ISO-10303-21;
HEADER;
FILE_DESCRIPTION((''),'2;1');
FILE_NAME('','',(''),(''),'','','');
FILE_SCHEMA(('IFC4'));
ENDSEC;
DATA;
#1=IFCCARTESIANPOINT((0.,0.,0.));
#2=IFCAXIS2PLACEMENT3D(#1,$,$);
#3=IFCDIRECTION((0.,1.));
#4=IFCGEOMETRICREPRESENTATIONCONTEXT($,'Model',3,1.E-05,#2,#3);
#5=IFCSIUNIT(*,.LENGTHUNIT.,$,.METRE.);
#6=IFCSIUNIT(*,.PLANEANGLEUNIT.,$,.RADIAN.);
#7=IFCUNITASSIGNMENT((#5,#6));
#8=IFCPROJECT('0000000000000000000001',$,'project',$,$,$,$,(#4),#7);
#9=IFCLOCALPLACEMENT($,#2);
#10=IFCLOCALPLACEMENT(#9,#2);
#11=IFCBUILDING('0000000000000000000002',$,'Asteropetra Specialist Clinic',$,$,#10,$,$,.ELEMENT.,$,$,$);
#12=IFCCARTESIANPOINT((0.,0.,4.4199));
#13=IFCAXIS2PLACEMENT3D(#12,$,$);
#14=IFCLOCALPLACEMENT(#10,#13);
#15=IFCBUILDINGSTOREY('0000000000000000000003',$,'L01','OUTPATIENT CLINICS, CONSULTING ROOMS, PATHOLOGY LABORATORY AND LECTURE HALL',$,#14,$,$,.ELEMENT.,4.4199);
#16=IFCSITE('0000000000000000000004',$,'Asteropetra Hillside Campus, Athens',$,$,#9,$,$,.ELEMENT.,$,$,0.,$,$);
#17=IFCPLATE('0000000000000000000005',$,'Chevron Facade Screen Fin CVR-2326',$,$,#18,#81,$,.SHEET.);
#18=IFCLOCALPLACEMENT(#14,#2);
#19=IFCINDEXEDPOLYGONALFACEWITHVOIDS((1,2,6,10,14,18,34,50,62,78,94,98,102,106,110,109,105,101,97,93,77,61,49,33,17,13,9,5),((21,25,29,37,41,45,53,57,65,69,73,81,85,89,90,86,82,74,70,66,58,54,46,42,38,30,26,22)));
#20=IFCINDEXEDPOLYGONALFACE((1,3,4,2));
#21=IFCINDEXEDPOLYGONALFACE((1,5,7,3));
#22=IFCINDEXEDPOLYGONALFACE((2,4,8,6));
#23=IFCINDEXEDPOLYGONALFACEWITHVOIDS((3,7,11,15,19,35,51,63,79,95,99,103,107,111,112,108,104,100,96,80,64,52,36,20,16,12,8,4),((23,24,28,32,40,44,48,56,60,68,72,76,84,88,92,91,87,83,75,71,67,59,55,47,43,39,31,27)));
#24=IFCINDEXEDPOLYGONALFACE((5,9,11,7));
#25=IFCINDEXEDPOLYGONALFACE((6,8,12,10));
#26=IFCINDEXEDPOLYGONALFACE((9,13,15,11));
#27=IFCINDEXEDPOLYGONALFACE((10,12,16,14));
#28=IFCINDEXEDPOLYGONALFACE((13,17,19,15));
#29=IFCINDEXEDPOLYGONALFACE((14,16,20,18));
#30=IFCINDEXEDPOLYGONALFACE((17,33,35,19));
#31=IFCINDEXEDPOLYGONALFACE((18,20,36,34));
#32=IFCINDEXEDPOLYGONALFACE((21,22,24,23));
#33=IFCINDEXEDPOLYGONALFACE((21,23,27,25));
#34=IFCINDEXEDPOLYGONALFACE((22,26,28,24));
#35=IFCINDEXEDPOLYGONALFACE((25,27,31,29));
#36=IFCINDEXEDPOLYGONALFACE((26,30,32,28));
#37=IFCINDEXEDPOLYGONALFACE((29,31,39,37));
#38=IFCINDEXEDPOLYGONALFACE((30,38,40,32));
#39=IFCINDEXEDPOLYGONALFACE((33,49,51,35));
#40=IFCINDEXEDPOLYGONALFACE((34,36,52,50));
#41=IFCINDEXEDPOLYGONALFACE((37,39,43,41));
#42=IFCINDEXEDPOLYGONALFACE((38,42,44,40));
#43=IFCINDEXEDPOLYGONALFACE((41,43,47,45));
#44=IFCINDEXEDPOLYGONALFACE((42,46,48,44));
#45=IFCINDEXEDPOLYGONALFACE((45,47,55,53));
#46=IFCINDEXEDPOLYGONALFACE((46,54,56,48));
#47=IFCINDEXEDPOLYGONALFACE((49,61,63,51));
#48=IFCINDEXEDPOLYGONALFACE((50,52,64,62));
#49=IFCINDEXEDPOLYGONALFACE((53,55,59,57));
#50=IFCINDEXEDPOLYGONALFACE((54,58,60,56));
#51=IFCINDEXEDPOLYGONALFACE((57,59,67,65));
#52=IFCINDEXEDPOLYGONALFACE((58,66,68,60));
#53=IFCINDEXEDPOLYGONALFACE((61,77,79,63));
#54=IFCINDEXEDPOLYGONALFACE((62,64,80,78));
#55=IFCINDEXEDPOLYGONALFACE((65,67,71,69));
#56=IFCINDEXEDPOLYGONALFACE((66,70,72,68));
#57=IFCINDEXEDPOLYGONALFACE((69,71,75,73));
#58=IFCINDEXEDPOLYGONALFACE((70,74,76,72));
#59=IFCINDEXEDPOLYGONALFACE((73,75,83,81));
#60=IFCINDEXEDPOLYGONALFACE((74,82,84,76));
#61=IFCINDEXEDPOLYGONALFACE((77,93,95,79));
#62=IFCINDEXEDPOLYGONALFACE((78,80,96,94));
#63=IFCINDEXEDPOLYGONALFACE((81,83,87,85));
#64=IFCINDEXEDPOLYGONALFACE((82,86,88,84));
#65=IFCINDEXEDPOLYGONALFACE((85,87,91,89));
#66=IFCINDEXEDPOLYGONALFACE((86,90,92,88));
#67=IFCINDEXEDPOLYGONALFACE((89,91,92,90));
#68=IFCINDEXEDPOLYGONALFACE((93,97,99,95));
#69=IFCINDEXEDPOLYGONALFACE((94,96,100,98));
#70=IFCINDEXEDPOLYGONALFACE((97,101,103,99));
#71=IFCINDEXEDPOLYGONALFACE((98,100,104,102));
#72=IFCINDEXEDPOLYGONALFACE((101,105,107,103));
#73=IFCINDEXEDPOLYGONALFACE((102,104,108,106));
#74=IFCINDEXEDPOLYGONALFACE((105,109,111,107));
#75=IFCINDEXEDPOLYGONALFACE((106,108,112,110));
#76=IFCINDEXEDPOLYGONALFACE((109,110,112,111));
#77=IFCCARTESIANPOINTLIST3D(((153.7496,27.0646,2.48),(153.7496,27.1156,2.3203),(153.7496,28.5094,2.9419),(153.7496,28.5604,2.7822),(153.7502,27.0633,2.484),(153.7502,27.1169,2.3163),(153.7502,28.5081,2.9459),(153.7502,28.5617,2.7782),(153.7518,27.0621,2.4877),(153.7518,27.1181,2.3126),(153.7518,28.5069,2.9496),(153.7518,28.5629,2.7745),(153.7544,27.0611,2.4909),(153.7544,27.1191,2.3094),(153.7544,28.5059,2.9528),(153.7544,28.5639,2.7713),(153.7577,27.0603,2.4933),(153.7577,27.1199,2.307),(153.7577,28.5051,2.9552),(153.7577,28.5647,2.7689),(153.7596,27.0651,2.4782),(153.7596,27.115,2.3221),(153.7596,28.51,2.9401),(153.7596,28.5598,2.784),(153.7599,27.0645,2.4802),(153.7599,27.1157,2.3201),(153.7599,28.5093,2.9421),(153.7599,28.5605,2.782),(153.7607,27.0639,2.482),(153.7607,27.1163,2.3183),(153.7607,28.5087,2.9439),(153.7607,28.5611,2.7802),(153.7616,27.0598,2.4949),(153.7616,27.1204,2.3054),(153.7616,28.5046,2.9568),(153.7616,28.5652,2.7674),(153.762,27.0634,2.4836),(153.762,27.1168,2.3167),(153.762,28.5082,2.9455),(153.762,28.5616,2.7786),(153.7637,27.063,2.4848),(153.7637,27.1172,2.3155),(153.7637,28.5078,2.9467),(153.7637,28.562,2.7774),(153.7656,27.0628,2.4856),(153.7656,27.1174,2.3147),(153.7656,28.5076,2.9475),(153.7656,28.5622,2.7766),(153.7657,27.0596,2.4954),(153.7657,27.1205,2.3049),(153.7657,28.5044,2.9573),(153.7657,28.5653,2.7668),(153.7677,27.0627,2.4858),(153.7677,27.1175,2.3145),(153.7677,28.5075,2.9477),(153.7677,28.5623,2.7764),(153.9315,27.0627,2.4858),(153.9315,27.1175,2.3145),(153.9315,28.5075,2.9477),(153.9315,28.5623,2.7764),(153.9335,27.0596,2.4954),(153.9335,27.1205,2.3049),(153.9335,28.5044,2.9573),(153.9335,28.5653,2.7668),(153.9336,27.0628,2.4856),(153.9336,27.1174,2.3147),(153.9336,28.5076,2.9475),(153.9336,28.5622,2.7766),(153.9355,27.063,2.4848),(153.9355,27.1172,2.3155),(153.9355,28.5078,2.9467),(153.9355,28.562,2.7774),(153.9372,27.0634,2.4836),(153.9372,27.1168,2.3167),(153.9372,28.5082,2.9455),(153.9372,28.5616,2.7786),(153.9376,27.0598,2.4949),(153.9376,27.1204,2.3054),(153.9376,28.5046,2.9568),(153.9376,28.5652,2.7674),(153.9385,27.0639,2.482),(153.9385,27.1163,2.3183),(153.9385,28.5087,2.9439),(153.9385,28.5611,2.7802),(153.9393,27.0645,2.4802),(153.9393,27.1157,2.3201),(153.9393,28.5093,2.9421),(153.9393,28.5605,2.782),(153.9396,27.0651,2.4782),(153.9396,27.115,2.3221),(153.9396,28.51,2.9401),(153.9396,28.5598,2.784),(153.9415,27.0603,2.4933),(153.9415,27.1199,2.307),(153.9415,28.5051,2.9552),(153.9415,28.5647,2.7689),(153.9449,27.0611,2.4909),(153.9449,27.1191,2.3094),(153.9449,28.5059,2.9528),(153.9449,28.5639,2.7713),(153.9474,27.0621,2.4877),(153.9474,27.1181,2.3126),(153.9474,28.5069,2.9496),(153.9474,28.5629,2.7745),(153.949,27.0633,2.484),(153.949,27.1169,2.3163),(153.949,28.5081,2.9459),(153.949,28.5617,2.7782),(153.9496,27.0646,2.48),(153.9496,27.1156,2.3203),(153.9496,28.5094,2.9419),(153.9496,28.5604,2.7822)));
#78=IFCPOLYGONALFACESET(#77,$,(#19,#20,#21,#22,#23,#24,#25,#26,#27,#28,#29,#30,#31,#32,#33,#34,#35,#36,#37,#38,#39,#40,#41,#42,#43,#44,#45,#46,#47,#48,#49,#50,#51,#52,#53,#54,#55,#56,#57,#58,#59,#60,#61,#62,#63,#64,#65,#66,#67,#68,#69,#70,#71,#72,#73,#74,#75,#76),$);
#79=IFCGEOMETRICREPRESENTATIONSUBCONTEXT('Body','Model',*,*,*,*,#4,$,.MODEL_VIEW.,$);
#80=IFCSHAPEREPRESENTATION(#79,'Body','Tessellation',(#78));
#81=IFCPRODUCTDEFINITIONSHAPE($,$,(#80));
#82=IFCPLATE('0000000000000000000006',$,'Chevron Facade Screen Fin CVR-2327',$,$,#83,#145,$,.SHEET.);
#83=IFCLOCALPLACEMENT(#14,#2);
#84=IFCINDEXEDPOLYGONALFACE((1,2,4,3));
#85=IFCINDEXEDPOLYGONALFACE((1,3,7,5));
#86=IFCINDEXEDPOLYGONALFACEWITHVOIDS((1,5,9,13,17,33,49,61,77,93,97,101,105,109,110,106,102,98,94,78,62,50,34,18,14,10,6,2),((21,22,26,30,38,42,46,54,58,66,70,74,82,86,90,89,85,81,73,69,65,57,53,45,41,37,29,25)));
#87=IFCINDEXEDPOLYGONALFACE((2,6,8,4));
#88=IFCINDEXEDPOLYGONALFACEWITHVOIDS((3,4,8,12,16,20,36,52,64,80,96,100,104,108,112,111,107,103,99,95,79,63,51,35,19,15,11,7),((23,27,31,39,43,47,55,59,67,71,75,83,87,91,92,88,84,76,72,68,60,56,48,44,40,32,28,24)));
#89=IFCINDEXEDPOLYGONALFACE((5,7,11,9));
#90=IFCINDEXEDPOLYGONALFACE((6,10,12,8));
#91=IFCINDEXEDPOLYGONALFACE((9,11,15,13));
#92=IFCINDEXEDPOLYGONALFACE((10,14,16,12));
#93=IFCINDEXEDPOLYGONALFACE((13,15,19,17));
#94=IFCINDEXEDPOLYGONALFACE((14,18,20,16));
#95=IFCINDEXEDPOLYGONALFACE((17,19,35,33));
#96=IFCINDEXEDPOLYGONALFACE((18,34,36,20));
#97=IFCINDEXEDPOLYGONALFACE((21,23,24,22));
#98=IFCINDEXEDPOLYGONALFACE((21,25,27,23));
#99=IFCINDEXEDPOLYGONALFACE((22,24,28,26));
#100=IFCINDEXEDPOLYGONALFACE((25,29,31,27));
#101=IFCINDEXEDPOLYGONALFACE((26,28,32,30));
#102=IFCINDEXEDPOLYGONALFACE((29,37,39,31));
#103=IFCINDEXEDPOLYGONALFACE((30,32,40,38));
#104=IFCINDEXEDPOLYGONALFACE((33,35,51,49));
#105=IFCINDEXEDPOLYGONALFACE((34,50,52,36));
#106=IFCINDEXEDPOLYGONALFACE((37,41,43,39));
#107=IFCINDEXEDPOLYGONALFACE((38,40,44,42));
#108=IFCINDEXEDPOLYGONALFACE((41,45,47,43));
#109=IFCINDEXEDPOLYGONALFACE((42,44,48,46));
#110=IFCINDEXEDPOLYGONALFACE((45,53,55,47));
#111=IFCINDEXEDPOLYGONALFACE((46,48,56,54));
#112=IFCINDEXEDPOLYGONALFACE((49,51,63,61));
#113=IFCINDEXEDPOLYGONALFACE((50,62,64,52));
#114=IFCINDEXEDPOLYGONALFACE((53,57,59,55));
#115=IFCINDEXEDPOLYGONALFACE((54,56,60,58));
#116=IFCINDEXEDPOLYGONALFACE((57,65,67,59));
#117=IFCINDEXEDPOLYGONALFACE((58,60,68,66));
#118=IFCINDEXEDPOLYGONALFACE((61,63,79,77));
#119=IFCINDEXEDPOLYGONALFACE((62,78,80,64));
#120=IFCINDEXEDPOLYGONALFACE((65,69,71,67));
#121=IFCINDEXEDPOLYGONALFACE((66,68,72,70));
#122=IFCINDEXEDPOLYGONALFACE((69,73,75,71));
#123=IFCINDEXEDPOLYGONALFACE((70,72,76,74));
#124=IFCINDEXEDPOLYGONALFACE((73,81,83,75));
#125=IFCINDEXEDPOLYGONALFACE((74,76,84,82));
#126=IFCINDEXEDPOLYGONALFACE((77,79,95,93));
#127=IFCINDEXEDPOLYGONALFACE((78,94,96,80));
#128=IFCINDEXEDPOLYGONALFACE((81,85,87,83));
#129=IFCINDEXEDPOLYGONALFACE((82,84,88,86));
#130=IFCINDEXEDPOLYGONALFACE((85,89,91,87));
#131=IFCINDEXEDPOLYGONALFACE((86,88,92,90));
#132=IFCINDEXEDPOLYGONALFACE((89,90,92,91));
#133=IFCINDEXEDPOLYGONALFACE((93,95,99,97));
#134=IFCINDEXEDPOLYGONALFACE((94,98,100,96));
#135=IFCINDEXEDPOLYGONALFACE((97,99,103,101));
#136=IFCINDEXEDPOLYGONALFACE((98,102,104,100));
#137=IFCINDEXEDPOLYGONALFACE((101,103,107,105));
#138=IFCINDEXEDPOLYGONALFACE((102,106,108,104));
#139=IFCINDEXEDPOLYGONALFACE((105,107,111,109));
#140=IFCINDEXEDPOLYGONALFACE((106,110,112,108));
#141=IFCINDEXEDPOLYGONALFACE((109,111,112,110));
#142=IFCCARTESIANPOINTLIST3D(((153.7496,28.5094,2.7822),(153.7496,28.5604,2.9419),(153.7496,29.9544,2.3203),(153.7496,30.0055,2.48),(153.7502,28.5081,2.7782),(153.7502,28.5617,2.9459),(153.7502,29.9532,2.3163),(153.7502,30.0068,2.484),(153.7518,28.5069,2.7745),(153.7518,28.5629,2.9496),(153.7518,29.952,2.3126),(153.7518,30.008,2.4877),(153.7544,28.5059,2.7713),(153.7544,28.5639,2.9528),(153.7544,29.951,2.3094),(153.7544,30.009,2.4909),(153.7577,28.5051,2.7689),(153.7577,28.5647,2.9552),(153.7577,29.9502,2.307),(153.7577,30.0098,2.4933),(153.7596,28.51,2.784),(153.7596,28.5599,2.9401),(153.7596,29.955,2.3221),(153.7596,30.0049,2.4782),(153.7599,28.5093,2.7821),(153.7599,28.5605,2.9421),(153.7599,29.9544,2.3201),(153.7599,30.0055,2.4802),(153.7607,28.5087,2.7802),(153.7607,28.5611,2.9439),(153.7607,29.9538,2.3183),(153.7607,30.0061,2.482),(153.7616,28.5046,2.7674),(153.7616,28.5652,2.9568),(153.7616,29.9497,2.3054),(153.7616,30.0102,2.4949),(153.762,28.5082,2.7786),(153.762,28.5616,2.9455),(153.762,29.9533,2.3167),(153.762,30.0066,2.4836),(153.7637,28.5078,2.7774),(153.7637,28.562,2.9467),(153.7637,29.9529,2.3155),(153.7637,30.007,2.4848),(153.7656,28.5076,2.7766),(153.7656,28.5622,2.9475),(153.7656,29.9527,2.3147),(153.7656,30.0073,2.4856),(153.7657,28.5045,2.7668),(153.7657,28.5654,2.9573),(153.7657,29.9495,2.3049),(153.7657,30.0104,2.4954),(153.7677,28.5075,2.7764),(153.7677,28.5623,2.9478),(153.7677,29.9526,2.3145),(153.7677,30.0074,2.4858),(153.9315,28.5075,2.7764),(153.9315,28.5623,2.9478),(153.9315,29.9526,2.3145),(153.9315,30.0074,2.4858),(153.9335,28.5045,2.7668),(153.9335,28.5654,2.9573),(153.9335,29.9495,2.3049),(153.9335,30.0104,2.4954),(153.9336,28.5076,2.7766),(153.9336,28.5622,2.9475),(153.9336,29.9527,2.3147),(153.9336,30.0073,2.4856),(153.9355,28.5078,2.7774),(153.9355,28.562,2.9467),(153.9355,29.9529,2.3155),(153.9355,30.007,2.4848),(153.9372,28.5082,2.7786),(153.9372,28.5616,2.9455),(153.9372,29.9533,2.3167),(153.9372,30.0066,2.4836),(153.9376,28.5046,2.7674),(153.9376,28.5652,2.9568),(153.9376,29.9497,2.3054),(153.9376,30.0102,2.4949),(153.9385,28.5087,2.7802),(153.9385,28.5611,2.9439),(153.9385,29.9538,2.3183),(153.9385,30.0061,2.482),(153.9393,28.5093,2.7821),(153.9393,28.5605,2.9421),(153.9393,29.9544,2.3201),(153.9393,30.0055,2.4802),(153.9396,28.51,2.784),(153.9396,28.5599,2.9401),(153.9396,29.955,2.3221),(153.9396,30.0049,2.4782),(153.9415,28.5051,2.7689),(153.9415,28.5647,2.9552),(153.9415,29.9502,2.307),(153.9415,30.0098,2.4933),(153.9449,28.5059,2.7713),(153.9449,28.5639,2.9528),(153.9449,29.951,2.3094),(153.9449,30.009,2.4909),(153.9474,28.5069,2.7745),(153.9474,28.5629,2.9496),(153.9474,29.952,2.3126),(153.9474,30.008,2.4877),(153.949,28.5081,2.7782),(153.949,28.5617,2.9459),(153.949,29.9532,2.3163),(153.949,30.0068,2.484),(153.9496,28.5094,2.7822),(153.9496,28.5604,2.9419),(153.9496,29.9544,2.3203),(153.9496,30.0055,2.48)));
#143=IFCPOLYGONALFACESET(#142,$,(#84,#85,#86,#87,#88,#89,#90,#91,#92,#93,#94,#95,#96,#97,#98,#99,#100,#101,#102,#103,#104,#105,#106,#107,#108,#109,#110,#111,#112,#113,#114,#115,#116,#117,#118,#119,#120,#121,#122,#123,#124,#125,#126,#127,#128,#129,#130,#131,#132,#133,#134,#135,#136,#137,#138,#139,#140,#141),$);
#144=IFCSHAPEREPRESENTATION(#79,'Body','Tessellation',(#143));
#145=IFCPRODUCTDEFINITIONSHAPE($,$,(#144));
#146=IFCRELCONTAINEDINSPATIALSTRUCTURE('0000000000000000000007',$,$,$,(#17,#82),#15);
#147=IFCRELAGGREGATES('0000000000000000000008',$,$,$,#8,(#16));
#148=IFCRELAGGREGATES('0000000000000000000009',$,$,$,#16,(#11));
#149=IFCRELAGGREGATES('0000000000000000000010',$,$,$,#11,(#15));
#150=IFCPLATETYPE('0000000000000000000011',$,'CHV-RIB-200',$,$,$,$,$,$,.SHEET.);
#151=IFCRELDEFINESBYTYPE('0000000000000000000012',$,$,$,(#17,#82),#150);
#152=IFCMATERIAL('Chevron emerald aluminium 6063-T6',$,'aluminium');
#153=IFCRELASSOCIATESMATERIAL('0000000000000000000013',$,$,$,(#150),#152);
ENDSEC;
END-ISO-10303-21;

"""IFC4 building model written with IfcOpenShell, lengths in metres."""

from ifc_helpers import new_model, si_unit, direction, frame, origin, origin_2d, place, context, subcontext, project, spatial, hollow_rectangle, extrude, material, material_profile, profile_set, type_object, element, save


model = new_model("IFC4")

# Units and contexts
model_context = context("Model", 3, precision=1e-05, world=origin(), true_north=direction((0.0, 1.0)))
body_context = subcontext(model_context, "Body", "Model", "MODEL_VIEW")
ifc_project = project(units=[si_unit("LENGTHUNIT", "METRE"), si_unit("PLANEANGLEUNIT", "RADIAN")], contexts=[model_context])

# Site, building, storey
site_placement = place(None, origin())
site = spatial("IfcSite", under=ifc_project, at=site_placement, Name="Asteropetra Hillside Campus, Athens", CompositionType="ELEMENT", RefElevation=0.0)
building_placement = place(site_placement, origin())
building = spatial("IfcBuilding", under=site, at=building_placement, Name="Asteropetra Specialist Clinic", CompositionType="ELEMENT")
storey_placement = place(building_placement, frame((0.0, 0.0, 4.4199)))
storey = spatial("IfcBuildingStorey", under=building, at=storey_placement, Name="L01", Description="OUTPATIENT CLINICS, CONSULTING ROOMS, PATHOLOGY LABORATORY AND LECTURE HALL", CompositionType="ELEMENT", Elevation=4.4199)

# Plates
ifc_material_1 = material(Name="Chevron emerald aluminium 6063-T6", Category="aluminium")
ifc_material_profile = material_profile(ifc_material_1, hollow_rectangle(XDim=0.2, YDim=0.2, WallThickness=0.01, InnerFilletRadius=0.0081, OuterFilletRadius=0.0161, at=origin_2d()), Name="SHS 200x200x10.0")
ifc_profile_set = profile_set([ifc_material_profile], Name="Chevron emerald aluminium 6063-T6")
plate_type = type_object("IfcPlateType", Name="CHV-RIB-200", PredefinedType="SHEET", material=ifc_profile_set)
plate_1_placement = place(storey_placement, frame((153.8496, 27.0901, 2.4001), z_axis=(0.0, 0.952506, 0.304519), x_axis=(-1.0, 0.0, 0.0)))
element("IfcPlate", 1, at=plate_1_placement, inside=storey, type_object=plate_type, Name="Chevron Facade Screen Fin CVR-2326", PredefinedType="SHEET", context=body_context, shape_type="SweptSolid", body=[
    extrude(hollow_rectangle(XDim=0.2, YDim=0.2, WallThickness=0.01, InnerFilletRadius=0.0081, OuterFilletRadius=0.0161, at=origin_2d()), origin(), (0.0, 0.0, 1.0), 1.5168),
])
for number, where, z_axis, x_axis, name in (
    (2, (153.8496, 28.5349, 2.8621), (0.0, 0.952521, -0.304472), (-1.0, 0.0, 0.0), "Chevron Facade Screen Fin CVR-2327"),
):
    element("IfcPlate", number, at=place(storey_placement, frame(where, z_axis=z_axis, x_axis=x_axis)), inside=storey, type_object=plate_type, Name=name, PredefinedType="SHEET", context=body_context, shape_type="SweptSolid", body=[
        extrude(hollow_rectangle(XDim=0.2, YDim=0.2, WallThickness=0.01, InnerFilletRadius=0.0081, OuterFilletRadius=0.0161, at=origin_2d()), origin(), (0.0, 0.0, 1.0), 1.5171),
    ])

save(model, "model.ifc")
